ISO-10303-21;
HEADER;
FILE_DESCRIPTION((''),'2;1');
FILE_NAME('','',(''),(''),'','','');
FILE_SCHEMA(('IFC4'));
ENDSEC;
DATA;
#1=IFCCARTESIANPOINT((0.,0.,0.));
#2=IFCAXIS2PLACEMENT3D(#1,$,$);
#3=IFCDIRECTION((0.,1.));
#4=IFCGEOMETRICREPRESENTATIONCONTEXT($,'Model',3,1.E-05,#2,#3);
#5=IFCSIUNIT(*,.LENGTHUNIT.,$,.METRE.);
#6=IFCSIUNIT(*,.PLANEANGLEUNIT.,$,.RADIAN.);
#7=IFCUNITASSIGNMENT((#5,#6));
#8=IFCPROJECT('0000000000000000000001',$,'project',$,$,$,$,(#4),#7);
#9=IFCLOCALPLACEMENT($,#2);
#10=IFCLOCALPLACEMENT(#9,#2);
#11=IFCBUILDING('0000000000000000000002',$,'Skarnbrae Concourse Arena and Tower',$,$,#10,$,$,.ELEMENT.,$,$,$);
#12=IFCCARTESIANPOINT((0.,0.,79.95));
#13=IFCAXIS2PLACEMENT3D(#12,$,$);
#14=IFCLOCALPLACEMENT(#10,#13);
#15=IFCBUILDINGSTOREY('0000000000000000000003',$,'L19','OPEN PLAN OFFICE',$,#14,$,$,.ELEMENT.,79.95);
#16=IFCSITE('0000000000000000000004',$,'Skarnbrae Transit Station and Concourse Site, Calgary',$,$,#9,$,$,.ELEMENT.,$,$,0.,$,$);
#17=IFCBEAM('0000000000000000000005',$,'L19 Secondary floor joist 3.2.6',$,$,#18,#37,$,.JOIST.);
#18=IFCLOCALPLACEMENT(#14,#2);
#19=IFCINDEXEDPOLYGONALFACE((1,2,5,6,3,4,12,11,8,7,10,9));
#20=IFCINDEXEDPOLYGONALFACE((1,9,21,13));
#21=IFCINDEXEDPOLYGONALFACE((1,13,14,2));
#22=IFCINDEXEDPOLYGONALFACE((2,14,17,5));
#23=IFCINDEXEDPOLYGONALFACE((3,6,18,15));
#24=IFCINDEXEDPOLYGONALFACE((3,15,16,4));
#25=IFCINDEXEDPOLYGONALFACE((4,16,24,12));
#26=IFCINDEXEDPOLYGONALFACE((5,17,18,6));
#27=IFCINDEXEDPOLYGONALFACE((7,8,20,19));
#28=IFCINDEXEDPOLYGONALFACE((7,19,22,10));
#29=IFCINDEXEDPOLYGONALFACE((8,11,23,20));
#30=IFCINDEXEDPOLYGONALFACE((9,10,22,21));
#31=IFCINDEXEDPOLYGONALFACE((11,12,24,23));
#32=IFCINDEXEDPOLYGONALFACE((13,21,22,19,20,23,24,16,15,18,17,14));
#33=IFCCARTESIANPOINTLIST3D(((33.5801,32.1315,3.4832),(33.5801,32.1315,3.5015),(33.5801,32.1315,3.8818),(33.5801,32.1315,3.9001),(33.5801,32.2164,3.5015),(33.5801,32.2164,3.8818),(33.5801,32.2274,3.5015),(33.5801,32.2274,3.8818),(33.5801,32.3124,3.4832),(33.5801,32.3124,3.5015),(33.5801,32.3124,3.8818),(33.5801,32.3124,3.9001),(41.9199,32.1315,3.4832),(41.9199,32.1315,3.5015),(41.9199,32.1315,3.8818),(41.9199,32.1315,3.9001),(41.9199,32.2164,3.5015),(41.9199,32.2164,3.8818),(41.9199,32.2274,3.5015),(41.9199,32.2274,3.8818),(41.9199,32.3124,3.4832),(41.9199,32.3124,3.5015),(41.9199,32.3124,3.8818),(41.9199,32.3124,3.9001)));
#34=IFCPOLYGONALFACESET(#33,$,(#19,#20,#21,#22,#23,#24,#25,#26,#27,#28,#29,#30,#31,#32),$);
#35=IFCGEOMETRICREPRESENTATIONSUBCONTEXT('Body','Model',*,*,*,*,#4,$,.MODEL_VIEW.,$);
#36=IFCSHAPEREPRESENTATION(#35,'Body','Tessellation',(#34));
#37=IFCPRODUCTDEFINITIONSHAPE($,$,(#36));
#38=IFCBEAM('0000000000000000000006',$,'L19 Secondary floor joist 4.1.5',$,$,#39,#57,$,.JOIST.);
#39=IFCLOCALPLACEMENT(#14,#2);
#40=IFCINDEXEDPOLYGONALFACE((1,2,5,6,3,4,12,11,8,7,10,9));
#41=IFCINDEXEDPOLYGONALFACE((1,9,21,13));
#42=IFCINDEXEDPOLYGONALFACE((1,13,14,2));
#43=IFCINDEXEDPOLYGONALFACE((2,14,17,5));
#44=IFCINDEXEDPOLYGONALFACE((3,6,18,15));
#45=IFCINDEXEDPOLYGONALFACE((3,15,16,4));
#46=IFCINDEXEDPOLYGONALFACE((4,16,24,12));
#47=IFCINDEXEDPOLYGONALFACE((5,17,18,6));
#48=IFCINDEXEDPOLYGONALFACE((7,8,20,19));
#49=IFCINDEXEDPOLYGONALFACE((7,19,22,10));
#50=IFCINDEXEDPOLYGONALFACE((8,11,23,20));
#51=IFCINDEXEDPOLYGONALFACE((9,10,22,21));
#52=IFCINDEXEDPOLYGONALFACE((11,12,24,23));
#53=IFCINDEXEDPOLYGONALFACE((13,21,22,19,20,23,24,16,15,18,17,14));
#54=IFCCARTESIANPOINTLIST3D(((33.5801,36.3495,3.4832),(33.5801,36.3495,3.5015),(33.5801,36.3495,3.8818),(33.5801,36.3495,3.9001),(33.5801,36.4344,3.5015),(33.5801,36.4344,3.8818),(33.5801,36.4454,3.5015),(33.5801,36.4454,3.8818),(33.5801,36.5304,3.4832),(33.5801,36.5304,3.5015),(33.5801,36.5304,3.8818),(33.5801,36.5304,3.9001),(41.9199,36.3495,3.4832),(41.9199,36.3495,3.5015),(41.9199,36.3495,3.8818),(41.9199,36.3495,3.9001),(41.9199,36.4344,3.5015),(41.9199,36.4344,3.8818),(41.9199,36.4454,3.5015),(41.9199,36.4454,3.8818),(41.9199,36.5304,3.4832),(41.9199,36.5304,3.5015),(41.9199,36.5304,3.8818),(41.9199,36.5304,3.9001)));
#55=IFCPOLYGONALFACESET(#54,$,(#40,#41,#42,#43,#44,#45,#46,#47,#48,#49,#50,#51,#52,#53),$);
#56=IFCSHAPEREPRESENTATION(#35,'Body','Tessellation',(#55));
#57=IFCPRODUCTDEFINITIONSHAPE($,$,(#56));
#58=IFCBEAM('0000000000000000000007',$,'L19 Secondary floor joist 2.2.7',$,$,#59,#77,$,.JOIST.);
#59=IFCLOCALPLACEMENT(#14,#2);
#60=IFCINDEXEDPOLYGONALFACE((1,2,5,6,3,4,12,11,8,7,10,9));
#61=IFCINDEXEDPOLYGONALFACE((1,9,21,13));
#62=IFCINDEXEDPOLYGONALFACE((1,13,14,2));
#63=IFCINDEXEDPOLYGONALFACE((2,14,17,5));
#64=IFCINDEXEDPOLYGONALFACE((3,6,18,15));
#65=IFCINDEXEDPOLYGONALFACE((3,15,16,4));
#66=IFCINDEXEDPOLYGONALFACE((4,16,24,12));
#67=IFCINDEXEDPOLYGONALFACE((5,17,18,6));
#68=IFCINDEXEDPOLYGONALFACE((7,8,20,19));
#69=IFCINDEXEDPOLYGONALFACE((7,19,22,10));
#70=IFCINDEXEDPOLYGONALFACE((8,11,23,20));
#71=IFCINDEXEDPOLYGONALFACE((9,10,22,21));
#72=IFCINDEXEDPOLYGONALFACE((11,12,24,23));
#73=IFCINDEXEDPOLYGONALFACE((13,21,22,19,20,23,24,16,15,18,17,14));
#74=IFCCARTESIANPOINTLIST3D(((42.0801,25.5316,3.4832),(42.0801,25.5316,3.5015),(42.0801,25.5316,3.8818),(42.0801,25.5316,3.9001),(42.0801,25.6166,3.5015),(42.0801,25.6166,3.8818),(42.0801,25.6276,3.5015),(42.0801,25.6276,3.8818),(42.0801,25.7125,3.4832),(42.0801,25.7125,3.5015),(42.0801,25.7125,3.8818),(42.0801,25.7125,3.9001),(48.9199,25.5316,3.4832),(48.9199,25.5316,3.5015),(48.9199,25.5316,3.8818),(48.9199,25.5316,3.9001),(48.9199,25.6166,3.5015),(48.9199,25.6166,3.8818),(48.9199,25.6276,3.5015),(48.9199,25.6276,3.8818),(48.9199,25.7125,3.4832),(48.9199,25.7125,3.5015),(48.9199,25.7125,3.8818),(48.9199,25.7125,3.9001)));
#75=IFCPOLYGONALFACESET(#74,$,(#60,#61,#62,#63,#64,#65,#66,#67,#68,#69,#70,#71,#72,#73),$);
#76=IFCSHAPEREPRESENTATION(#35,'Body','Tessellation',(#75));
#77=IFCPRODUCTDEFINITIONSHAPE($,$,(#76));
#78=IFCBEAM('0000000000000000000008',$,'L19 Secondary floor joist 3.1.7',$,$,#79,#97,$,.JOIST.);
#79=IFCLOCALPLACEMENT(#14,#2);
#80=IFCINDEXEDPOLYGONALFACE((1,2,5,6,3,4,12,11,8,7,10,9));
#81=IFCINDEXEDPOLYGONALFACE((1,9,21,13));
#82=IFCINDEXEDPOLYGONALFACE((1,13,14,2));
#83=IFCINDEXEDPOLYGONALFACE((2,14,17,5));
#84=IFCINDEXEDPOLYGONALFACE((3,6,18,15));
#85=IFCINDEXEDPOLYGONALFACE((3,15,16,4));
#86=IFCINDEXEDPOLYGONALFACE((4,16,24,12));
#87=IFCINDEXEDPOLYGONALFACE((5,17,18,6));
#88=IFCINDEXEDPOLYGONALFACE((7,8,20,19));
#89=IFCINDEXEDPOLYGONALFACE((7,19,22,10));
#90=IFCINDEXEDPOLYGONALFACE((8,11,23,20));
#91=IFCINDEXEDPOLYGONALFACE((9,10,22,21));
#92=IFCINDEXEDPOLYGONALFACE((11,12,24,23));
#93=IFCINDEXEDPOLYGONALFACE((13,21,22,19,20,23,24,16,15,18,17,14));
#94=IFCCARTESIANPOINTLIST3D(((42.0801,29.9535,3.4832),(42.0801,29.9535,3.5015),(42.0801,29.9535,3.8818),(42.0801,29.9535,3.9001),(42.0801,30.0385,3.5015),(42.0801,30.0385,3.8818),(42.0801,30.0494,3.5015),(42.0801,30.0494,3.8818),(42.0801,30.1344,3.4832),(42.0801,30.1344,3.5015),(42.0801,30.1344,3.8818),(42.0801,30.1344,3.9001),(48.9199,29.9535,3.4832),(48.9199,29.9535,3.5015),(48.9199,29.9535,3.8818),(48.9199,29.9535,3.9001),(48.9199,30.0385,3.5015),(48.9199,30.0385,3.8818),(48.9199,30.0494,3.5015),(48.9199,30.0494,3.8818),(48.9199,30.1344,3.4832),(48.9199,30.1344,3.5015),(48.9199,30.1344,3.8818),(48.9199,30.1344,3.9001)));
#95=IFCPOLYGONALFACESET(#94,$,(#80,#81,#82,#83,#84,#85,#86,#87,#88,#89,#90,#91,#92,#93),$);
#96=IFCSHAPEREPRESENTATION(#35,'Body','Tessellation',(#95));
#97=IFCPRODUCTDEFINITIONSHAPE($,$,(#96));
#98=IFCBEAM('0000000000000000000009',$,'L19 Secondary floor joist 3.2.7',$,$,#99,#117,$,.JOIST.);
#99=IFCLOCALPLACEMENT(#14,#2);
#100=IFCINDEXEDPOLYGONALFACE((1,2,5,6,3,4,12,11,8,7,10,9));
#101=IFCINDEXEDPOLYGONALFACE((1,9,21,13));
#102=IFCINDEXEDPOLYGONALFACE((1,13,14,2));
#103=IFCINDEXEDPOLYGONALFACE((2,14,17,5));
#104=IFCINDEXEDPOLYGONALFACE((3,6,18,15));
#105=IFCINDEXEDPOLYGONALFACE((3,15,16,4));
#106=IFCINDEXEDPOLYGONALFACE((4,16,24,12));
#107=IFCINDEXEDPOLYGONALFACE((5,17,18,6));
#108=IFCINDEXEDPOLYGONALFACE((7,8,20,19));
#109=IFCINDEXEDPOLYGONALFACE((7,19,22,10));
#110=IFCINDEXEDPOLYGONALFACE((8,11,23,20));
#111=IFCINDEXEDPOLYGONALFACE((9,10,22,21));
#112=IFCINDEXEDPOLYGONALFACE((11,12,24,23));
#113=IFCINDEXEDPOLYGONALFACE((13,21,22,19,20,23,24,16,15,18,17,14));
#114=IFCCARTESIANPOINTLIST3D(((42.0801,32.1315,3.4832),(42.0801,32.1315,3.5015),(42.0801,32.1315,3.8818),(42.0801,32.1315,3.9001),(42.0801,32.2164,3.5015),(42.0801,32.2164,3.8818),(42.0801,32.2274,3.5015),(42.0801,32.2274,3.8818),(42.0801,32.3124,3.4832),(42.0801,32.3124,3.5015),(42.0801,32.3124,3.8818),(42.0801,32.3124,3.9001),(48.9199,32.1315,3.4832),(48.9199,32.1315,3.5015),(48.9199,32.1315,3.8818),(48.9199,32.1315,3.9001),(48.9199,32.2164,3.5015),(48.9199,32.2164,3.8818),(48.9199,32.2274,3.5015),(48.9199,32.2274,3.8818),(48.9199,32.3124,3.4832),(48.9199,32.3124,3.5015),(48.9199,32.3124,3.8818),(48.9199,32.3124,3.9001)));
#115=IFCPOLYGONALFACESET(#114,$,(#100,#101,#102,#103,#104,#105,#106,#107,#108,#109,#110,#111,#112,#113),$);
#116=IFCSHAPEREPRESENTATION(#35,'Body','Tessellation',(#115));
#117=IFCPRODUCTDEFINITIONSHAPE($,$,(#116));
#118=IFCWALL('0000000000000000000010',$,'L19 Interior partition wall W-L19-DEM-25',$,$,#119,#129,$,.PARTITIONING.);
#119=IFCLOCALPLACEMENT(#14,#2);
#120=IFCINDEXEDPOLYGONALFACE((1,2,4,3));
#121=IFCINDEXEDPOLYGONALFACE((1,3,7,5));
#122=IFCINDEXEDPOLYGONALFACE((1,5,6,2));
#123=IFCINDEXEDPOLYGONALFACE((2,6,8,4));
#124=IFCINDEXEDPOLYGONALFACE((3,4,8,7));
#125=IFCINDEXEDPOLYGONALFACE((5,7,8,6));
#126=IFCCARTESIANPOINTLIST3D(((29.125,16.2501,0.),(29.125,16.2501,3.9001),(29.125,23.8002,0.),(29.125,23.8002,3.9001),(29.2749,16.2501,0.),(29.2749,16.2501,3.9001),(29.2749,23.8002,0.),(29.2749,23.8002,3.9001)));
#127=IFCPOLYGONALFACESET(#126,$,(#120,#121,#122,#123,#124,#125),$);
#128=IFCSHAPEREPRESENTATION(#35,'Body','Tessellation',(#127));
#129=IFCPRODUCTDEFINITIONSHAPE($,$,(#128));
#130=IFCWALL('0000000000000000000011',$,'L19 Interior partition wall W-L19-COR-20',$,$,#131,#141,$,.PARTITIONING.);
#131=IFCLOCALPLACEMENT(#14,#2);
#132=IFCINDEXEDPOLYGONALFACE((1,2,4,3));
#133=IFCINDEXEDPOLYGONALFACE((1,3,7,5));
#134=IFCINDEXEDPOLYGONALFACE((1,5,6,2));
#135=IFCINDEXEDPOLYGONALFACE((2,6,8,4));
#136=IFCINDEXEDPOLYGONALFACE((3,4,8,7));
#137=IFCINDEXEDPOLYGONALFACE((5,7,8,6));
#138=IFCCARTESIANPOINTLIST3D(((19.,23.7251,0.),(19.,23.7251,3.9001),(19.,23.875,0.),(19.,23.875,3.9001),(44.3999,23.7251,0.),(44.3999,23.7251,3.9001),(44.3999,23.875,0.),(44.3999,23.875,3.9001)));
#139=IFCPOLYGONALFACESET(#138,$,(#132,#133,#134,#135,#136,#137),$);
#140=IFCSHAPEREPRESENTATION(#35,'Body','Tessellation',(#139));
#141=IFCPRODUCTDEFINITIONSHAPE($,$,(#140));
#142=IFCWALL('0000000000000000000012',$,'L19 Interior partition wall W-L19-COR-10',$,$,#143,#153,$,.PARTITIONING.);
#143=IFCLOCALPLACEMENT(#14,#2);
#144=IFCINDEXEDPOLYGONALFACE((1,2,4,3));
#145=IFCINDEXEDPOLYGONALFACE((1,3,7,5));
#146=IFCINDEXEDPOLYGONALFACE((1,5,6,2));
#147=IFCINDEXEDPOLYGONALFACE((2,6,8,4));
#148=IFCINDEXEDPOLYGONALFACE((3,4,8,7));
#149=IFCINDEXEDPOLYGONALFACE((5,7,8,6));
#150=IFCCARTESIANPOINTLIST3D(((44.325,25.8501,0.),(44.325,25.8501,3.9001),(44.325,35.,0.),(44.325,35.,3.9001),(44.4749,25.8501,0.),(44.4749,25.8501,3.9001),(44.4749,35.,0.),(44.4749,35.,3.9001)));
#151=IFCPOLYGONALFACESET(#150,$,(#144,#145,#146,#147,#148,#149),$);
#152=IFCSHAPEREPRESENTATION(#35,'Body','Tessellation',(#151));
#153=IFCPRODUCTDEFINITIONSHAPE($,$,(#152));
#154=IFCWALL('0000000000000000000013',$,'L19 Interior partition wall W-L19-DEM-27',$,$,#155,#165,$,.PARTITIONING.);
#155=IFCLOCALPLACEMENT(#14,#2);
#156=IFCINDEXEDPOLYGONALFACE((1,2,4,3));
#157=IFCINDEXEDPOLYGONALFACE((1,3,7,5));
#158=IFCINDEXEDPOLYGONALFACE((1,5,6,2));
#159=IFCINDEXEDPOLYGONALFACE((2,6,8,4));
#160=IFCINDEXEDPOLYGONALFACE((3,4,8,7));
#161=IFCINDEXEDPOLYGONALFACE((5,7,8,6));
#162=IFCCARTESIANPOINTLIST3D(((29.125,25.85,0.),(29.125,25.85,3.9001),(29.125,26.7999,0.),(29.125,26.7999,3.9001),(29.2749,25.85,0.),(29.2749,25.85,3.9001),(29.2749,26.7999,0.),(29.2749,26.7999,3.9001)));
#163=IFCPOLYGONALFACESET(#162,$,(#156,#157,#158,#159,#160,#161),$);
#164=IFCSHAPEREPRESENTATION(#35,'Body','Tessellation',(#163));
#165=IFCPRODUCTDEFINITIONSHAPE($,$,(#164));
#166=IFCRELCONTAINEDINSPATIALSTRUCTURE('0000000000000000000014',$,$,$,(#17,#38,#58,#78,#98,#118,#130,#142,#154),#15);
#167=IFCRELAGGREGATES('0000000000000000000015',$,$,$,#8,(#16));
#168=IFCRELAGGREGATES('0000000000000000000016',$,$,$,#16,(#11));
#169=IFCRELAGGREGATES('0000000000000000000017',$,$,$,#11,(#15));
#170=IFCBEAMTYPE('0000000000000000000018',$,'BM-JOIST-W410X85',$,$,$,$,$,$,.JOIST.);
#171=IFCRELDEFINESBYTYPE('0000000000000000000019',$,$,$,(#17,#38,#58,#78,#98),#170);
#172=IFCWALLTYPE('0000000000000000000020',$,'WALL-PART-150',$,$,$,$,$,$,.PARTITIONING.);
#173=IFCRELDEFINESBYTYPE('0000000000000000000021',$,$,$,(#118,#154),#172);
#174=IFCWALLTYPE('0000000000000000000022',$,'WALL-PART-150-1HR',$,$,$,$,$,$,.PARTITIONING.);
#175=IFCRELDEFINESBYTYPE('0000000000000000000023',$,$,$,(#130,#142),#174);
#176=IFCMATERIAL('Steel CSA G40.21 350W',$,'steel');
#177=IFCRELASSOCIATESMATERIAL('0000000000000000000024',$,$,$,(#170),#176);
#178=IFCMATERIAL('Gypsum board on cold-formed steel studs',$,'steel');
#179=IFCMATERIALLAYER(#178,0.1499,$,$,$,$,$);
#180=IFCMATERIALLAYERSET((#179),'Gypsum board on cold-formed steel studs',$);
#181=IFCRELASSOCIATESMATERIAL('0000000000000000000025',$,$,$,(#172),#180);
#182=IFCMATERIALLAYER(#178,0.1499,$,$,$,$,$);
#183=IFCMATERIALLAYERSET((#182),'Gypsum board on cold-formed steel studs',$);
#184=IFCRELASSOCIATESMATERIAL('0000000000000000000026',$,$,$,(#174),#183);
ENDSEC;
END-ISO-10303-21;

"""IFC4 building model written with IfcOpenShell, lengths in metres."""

from ifc_helpers import new_model, si_unit, direction, frame, frame_2d, origin, origin_2d, place, context, subcontext, project, spatial, rectangle, i_section, extrude, source, transform, mapped, material, layer, layer_set, material_profile, profile_set, type_object, element, save


model = new_model("IFC4")

# Units and contexts
model_context = context("Model", 3, precision=1e-05, world=origin(), true_north=direction((0.0, 1.0)))
body_context = subcontext(model_context, "Body", "Model", "MODEL_VIEW")
ifc_project = project(units=[si_unit("LENGTHUNIT", "METRE"), si_unit("PLANEANGLEUNIT", "RADIAN")], contexts=[model_context])

# Site, building, storey
site_placement = place(None, origin())
site = spatial("IfcSite", under=ifc_project, at=site_placement, Name="Skarnbrae Transit Station and Concourse Site, Calgary", CompositionType="ELEMENT", RefElevation=0.0)
building_placement = place(site_placement, origin())
building = spatial("IfcBuilding", under=site, at=building_placement, Name="Skarnbrae Concourse Arena and Tower", CompositionType="ELEMENT")
storey_placement = place(building_placement, frame((0.0, 0.0, 79.95)))
storey = spatial("IfcBuildingStorey", under=building, at=storey_placement, Name="L19", Description="OPEN PLAN OFFICE", CompositionType="ELEMENT", Elevation=79.95)

# Shared definitions
ifc_material_1 = material(Name="Steel CSA G40.21 350W", Category="steel")

# Beams
ifc_material_profile_1 = material_profile(ifc_material_1, i_section(OverallWidth=0.1809, OverallDepth=0.417, WebThickness=0.011, FlangeThickness=0.0183, at=origin_2d()), Name="W410X85")
ifc_profile_set_1 = profile_set([ifc_material_profile_1], Name="Steel CSA G40.21 350W")
beam_type_1 = type_object("IfcBeamType", Name="BM-JOIST-W410X85", PredefinedType="JOIST", material=ifc_profile_set_1)
shared_shape_1 = source(origin(), body_context, "Body", "SweptSolid", [
    extrude(i_section(OverallWidth=0.1809, OverallDepth=0.417, WebThickness=0.011, FlangeThickness=0.0183, at=origin_2d()), origin(), (0.0, 0.0, 1.0), 8.3398),
])
for number, where, z_axis, x_axis, name in (
    (1, (33.5801, 32.2219, 3.6917), (1.0, 0.0, 0.0), (0.0, 1.0, 0.0), "L19 Secondary floor joist 3.2.6"),
    (2, (33.5801, 36.4399, 3.6917), (1.0, 0.0, 0.0), (0.0, 1.0, 0.0), "L19 Secondary floor joist 4.1.5"),
):
    element("IfcBeam", number, at=place(storey_placement, frame(where, z_axis=z_axis, x_axis=x_axis)), inside=storey, type_object=beam_type_1, Name=name, PredefinedType="JOIST", context=body_context, shape_type="MappedRepresentation", body=[
        mapped(shared_shape_1, transform((0.0, 0.0, 0.0))),
    ])
shared_shape_2 = source(origin(), body_context, "Body", "SweptSolid", [
    extrude(i_section(OverallWidth=0.1809, OverallDepth=0.417, WebThickness=0.011, FlangeThickness=0.0183, at=origin_2d()), origin(), (0.0, 0.0, 1.0), 6.8398),
])
for number, where, z_axis, x_axis, name in (
    (3, (42.0801, 25.6221, 3.6917), (1.0, 0.0, 0.0), (0.0, 1.0, 0.0), "L19 Secondary floor joist 2.2.7"),
    (4, (42.0801, 30.0439, 3.6917), (1.0, 0.0, 0.0), (0.0, 1.0, 0.0), "L19 Secondary floor joist 3.1.7"),
    (5, (42.0801, 32.2219, 3.6917), (1.0, 0.0, 0.0), (0.0, 1.0, 0.0), "L19 Secondary floor joist 3.2.7"),
):
    element("IfcBeam", number, at=place(storey_placement, frame(where, z_axis=z_axis, x_axis=x_axis)), inside=storey, type_object=beam_type_1, Name=name, PredefinedType="JOIST", context=body_context, shape_type="MappedRepresentation", body=[
        mapped(shared_shape_2, transform((0.0, 0.0, 0.0))),
    ])

# Walls
ifc_material_2 = material(Name="Gypsum board on cold-formed steel studs", Category="steel")
ifc_layer_1 = layer(ifc_material_2, 0.1499)
ifc_layer_set_1 = layer_set([ifc_layer_1], Name="Gypsum board on cold-formed steel studs")
wall_type_1 = type_object("IfcWallType", Name="WALL-PART-150", PredefinedType="PARTITIONING", material=ifc_layer_set_1)
shared_shape_3 = source(origin(), body_context, "Body", "SweptSolid", [
    extrude(rectangle(XDim=7.55, YDim=0.1499, at=frame_2d((3.7749, 0.0))), origin(), (0.0, 0.0, 1.0), 3.9001),
])
wall_1_placement = place(storey_placement, frame((29.2, 23.8, 0.0), z_axis=(0.0, 0.0, 1.0), x_axis=(0.0, -1.0, 0.0)))
element("IfcWall", 6, at=wall_1_placement, inside=storey, type_object=wall_type_1, Name="L19 Interior partition wall W-L19-DEM-25", PredefinedType="PARTITIONING", context=body_context, shape_type="MappedRepresentation", body=[
    mapped(shared_shape_3, transform((0.0, 0.0, 0.0))),
])
ifc_layer_2 = layer(ifc_material_2, 0.1499)
ifc_layer_set_2 = layer_set([ifc_layer_2], Name="Gypsum board on cold-formed steel studs")
wall_type_2 = type_object("IfcWallType", Name="WALL-PART-150-1HR", PredefinedType="PARTITIONING", material=ifc_layer_set_2)
shared_shape_4 = source(origin(), body_context, "Body", "SweptSolid", [
    extrude(rectangle(XDim=25.3999, YDim=0.1499, at=frame_2d((12.7, 0.0))), origin(), (0.0, 0.0, 1.0), 3.9001),
])
wall_2_placement = place(storey_placement, frame((44.3999, 23.8, 0.0), z_axis=(0.0, 0.0, 1.0), x_axis=(-1.0, 0.0, 0.0)))
element("IfcWall", 7, at=wall_2_placement, inside=storey, type_object=wall_type_2, Name="L19 Interior partition wall W-L19-COR-20", PredefinedType="PARTITIONING", context=body_context, shape_type="MappedRepresentation", body=[
    mapped(shared_shape_4, transform((0.0, 0.0, 0.0))),
])
shared_shape_5 = source(origin(), body_context, "Body", "SweptSolid", [
    extrude(rectangle(XDim=9.1499, YDim=0.1499, at=frame_2d((4.575, 0.0))), origin(), (0.0, 0.0, 1.0), 3.9001),
])
wall_3_placement = place(storey_placement, frame((44.3999, 25.8501, 0.0), z_axis=(0.0, 0.0, 1.0), x_axis=(0.0, 1.0, 0.0)))
element("IfcWall", 8, at=wall_3_placement, inside=storey, type_object=wall_type_2, Name="L19 Interior partition wall W-L19-COR-10", PredefinedType="PARTITIONING", context=body_context, shape_type="MappedRepresentation", body=[
    mapped(shared_shape_5, transform((0.0, 0.0, 0.0))),
])
shared_shape_6 = source(origin(), body_context, "Body", "SweptSolid", [
    extrude(rectangle(XDim=0.95, YDim=0.1499, at=frame_2d((0.4751, 0.0))), origin(), (0.0, 0.0, 1.0), 3.9001),
])
wall_4_placement = place(storey_placement, frame((29.2, 26.8, 0.0), z_axis=(0.0, 0.0, 1.0), x_axis=(0.0, -1.0, 0.0)))
element("IfcWall", 9, at=wall_4_placement, inside=storey, type_object=wall_type_1, Name="L19 Interior partition wall W-L19-DEM-27", PredefinedType="PARTITIONING", context=body_context, shape_type="MappedRepresentation", body=[
    mapped(shared_shape_6, transform((0.0, 0.0, 0.0))),
])

save(model, "model.ifc")
